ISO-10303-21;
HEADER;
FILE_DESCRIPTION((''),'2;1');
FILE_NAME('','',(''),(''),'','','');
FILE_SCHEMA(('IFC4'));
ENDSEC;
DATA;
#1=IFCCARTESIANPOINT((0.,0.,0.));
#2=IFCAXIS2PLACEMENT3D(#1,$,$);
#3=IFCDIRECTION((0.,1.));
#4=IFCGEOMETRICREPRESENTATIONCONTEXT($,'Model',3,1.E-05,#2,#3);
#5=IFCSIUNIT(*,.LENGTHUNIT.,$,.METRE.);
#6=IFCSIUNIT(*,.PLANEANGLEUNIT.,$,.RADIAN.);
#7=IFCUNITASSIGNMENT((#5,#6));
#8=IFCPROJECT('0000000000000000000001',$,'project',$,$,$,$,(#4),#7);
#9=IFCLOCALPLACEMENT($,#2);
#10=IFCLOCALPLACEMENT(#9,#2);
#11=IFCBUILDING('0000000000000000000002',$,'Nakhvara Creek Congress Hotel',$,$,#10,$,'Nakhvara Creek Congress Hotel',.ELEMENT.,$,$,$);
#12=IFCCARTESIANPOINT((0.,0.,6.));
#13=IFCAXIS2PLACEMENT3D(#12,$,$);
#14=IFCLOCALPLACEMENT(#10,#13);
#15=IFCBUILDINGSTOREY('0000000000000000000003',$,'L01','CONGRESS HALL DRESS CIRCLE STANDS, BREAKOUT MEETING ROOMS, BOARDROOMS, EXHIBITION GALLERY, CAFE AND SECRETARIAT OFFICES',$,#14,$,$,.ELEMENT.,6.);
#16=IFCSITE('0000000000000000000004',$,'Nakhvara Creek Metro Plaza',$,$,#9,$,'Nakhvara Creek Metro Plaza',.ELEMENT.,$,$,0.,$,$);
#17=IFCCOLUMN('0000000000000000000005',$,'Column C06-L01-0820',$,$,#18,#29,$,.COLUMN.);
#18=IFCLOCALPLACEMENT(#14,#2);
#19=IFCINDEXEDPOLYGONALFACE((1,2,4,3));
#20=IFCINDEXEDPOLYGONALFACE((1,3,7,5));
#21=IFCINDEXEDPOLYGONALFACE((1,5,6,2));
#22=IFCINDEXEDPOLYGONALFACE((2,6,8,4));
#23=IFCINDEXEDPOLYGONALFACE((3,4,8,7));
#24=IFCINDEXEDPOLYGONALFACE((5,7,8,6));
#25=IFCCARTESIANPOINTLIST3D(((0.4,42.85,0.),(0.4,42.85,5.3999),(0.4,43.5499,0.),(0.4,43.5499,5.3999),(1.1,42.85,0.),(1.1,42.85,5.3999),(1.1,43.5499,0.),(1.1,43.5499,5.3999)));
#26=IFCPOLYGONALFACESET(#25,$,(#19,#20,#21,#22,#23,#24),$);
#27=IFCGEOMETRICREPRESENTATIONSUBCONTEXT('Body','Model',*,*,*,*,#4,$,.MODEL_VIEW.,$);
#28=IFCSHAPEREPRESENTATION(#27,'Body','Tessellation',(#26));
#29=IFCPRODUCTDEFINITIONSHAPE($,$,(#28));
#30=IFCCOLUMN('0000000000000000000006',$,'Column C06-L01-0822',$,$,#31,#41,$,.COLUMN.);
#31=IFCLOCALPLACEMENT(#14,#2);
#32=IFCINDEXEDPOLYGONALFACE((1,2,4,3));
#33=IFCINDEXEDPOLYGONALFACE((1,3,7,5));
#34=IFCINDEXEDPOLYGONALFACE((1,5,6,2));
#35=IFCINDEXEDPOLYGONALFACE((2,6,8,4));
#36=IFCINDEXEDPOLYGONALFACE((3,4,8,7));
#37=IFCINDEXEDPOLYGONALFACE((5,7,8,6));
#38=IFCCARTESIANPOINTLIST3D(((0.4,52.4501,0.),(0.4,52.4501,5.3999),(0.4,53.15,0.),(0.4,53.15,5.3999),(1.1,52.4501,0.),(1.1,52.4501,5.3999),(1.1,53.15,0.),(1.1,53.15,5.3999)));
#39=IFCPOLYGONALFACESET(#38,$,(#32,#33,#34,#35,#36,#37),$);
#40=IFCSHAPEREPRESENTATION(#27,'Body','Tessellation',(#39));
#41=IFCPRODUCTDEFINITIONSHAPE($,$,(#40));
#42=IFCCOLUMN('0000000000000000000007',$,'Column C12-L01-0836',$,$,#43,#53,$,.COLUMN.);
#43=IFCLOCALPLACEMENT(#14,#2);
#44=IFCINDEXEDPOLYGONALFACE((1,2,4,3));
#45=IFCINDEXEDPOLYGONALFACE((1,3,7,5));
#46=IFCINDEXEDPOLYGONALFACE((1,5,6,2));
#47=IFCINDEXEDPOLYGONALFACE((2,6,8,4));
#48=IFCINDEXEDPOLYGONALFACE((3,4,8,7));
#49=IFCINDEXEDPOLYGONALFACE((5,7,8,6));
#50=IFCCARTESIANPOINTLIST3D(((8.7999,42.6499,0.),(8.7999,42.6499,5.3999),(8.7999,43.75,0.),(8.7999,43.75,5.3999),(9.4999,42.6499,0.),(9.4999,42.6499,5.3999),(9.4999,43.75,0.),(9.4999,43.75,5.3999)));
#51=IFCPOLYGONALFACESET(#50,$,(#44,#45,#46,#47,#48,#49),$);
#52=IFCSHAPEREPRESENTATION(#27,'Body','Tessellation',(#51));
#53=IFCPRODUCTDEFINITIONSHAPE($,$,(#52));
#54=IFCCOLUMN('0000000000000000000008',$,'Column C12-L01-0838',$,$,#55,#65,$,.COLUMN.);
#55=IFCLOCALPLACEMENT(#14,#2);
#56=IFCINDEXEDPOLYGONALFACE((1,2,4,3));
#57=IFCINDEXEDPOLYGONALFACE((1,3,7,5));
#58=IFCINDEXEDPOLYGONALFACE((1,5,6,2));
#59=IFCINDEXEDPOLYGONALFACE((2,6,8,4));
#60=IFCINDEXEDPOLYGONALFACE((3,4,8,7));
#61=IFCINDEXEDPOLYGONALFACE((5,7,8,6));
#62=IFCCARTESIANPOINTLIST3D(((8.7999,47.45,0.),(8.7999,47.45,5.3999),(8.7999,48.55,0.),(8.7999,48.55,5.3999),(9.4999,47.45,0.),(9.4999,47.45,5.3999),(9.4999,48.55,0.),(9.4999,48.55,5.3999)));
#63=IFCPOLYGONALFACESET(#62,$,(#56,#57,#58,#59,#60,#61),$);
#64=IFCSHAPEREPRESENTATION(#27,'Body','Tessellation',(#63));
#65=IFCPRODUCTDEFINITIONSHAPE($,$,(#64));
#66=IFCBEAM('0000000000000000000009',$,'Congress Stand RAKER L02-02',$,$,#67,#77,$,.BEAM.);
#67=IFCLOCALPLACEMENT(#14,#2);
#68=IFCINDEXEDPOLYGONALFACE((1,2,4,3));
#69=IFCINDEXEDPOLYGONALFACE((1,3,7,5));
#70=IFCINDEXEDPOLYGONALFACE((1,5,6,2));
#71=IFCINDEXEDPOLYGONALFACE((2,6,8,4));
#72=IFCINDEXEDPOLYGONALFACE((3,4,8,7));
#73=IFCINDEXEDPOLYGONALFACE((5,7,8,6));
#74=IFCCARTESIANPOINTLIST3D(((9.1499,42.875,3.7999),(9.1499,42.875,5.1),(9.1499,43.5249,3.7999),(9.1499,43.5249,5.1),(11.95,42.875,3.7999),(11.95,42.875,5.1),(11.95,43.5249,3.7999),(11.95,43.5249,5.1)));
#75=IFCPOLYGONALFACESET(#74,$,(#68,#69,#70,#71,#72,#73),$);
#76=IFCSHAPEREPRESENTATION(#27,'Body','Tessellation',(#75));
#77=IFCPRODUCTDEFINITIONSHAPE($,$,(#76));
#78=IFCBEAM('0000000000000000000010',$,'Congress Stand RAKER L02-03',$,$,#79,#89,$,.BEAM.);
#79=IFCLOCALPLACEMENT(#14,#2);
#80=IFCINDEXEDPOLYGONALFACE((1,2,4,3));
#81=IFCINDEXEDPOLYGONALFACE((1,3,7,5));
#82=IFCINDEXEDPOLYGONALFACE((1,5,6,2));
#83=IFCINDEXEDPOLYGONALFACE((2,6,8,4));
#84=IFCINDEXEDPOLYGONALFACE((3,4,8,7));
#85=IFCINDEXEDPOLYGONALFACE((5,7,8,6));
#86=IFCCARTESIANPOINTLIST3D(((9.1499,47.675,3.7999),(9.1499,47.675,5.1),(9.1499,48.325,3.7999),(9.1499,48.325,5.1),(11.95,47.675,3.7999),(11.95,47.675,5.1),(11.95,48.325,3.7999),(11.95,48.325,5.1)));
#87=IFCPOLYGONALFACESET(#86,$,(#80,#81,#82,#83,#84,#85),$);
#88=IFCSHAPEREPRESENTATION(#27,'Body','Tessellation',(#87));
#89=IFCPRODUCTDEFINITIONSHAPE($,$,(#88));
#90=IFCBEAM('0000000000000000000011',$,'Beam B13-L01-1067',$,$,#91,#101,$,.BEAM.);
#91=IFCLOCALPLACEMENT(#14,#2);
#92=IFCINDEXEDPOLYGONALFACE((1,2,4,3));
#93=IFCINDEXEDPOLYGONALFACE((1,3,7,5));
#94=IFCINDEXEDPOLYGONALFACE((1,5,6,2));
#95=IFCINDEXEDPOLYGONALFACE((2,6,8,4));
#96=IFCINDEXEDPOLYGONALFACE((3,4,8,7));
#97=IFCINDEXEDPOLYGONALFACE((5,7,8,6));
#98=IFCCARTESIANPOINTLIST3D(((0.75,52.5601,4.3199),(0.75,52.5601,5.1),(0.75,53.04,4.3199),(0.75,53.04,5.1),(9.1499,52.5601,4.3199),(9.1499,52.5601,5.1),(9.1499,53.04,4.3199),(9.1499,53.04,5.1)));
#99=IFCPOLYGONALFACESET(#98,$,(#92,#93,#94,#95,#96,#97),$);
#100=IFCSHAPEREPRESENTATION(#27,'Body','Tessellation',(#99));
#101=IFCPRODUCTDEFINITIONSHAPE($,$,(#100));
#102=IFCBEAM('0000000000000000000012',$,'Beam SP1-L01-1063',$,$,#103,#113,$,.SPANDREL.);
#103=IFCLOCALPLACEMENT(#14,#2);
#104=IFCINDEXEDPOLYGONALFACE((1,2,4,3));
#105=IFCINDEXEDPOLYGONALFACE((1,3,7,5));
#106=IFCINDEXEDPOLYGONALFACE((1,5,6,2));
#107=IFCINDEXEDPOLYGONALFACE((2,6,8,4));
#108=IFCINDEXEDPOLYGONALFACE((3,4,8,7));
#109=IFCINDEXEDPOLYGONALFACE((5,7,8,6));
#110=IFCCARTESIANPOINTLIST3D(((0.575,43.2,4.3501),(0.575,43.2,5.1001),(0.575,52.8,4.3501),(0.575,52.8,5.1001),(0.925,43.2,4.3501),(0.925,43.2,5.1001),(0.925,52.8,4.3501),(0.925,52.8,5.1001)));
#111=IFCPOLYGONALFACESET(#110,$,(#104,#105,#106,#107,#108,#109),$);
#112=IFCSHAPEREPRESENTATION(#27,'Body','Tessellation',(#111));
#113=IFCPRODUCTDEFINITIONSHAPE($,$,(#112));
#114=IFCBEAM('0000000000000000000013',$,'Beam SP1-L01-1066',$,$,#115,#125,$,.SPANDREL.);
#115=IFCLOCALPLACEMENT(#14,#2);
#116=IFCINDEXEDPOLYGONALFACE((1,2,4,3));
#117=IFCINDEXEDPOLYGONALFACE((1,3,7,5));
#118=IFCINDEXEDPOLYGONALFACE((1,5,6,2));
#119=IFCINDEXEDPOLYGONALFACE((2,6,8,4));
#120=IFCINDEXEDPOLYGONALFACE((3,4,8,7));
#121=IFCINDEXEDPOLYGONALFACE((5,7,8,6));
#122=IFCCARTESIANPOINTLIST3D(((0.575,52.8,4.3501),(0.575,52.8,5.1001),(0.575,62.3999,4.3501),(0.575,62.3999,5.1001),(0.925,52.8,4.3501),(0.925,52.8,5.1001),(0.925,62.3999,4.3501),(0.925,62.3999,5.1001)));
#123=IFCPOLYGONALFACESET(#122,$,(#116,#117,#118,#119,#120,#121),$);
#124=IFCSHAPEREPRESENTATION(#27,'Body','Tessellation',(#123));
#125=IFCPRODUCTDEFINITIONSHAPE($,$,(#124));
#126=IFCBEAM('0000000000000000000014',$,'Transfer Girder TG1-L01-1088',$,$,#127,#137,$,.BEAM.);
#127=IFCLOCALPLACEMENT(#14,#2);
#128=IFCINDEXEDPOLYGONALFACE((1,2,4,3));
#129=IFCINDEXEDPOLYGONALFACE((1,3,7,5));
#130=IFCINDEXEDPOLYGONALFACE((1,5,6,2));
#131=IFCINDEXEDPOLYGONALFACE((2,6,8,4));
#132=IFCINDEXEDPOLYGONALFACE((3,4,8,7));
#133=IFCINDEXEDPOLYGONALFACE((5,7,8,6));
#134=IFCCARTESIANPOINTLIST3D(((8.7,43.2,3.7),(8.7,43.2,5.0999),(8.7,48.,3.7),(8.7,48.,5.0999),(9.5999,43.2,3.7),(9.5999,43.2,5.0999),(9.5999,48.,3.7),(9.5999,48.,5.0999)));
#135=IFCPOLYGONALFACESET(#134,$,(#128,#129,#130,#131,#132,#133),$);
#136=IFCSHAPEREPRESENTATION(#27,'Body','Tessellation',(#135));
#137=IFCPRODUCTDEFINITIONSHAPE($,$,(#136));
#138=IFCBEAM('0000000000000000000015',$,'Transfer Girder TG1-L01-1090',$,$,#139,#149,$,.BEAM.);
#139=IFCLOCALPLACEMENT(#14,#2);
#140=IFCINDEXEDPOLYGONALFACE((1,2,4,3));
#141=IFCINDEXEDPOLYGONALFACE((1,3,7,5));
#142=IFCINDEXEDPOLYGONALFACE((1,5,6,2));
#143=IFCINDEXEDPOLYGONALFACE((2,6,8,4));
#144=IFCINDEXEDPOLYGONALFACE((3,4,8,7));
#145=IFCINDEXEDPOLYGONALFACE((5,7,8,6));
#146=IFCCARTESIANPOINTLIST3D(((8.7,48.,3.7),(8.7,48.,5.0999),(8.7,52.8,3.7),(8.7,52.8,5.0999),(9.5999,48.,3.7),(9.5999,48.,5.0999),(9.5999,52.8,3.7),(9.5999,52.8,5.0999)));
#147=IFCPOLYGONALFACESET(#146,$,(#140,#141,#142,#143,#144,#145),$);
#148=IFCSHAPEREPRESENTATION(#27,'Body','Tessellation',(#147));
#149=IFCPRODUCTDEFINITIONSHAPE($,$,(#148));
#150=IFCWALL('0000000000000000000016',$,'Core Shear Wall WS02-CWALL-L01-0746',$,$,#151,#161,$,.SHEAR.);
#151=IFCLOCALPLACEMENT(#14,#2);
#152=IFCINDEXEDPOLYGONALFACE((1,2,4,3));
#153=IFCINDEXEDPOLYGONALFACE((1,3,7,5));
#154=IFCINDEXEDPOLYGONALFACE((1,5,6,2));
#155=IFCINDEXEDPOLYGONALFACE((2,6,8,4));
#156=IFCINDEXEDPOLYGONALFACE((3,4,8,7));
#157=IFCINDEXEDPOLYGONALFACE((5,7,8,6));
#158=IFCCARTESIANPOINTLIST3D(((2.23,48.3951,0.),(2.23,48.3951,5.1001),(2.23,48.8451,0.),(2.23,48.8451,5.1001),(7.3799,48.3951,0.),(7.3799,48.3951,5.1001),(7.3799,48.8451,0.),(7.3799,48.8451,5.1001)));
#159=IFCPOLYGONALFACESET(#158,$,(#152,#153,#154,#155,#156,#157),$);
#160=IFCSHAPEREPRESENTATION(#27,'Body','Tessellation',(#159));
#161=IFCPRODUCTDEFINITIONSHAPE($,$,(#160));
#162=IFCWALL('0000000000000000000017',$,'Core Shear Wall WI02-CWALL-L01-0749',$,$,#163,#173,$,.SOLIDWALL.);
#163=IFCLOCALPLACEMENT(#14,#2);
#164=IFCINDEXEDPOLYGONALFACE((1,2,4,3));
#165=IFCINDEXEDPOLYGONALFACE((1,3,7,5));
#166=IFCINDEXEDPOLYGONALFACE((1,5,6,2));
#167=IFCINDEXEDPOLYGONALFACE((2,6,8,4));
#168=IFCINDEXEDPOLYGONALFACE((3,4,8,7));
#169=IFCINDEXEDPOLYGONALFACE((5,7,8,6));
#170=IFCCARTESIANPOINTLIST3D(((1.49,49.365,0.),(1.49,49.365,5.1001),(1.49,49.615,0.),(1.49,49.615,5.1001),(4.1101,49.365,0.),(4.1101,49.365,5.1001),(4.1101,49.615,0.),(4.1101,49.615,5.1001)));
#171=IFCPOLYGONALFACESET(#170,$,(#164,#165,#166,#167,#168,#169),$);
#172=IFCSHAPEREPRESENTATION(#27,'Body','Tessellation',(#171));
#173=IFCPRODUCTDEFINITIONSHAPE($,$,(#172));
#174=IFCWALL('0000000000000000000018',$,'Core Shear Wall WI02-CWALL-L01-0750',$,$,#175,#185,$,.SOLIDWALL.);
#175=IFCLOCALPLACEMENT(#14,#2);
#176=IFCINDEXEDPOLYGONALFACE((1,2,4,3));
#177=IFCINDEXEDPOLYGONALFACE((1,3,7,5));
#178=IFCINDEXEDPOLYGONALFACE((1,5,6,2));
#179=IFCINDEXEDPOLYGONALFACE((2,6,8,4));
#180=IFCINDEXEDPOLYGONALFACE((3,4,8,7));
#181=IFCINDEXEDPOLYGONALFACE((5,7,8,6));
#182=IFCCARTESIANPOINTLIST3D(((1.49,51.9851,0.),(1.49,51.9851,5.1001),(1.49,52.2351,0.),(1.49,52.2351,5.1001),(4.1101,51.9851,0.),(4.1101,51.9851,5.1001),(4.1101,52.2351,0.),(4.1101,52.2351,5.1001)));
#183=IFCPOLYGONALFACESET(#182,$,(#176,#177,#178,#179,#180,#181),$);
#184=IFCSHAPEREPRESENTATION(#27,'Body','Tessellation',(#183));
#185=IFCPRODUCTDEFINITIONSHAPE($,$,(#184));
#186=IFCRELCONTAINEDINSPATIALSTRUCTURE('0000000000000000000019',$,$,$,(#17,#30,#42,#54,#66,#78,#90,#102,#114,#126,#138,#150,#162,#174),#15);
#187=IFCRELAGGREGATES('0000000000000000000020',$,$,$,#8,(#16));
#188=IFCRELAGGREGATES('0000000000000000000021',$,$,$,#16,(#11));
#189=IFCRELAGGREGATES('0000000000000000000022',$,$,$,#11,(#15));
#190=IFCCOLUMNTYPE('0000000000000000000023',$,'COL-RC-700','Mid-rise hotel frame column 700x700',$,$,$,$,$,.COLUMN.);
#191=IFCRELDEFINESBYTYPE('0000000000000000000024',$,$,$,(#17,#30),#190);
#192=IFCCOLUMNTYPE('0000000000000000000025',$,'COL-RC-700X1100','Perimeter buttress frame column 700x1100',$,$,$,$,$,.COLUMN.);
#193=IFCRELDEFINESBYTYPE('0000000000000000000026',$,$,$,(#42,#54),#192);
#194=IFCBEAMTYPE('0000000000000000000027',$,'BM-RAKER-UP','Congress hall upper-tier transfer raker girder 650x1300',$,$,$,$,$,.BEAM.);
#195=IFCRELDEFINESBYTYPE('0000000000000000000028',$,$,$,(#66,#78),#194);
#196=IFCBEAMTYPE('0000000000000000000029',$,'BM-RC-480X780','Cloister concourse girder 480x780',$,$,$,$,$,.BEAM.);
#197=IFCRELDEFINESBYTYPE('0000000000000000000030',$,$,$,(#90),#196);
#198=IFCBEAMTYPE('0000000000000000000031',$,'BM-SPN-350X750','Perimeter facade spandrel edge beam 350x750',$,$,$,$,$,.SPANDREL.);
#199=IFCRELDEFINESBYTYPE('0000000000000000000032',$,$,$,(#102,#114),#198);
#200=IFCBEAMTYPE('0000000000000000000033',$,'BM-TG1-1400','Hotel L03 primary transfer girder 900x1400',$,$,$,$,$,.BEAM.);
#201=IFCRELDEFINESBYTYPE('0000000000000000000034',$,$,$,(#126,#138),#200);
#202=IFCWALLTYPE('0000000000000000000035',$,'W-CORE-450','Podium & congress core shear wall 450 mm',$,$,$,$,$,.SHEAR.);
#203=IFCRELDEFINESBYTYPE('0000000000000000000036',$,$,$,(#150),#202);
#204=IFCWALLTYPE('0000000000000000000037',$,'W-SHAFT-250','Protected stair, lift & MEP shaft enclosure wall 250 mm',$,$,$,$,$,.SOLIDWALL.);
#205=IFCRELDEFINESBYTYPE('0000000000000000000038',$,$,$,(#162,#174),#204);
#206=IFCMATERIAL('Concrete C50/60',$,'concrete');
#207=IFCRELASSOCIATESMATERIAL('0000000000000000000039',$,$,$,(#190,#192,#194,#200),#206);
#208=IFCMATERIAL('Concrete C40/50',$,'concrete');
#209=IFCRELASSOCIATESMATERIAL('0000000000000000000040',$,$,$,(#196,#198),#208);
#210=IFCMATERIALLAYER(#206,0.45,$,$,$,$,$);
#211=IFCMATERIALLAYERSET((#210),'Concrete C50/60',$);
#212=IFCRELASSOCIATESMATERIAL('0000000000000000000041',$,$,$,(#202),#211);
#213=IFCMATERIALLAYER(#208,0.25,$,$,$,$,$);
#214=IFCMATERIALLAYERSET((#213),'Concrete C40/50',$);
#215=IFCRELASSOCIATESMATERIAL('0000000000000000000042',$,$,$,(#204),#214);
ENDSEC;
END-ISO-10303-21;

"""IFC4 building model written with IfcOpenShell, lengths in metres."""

from ifc_helpers import new_model, si_unit, direction, frame, frame_2d, origin, origin_2d, place, context, subcontext, project, spatial, rectangle, extrude, material, layer, layer_set, material_profile, profile_set, type_object, element, save


model = new_model("IFC4")

# Units and contexts
model_context = context("Model", 3, precision=1e-05, world=origin(), true_north=direction((0.0, 1.0)))
body_context = subcontext(model_context, "Body", "Model", "MODEL_VIEW")
ifc_project = project(units=[si_unit("LENGTHUNIT", "METRE"), si_unit("PLANEANGLEUNIT", "RADIAN")], contexts=[model_context])

# Site, building, storey
site_placement = place(None, origin())
site = spatial("IfcSite", under=ifc_project, at=site_placement, Name="Nakhvara Creek Metro Plaza", LongName="Nakhvara Creek Metro Plaza", CompositionType="ELEMENT", RefElevation=0.0)
building_placement = place(site_placement, origin())
building = spatial("IfcBuilding", under=site, at=building_placement, Name="Nakhvara Creek Congress Hotel", LongName="Nakhvara Creek Congress Hotel", CompositionType="ELEMENT")
storey_placement = place(building_placement, frame((0.0, 0.0, 6.0)))
storey = spatial("IfcBuildingStorey", under=building, at=storey_placement, Name="L01", Description="CONGRESS HALL DRESS CIRCLE STANDS, BREAKOUT MEETING ROOMS, BOARDROOMS, EXHIBITION GALLERY, CAFE AND SECRETARIAT OFFICES", CompositionType="ELEMENT", Elevation=6.0)

# Columns
ifc_material_1 = material(Name="Concrete C50/60", Category="concrete")
ifc_material_profile_1 = material_profile(ifc_material_1, rectangle(XDim=0.7, YDim=0.7, at=origin_2d()), Name="RC-COL 700x700", Category="LoadBearing")
ifc_profile_set_1 = profile_set([ifc_material_profile_1], Name="Concrete C50/60")
column_type_1 = type_object("IfcColumnType", Name="COL-RC-700", Description="Mid-rise hotel frame column 700x700", PredefinedType="COLUMN", material=ifc_profile_set_1)
for number, where, z_axis, x_axis, name in (
    (1, (0.75, 43.2, 0.0), (0.0, 0.0, 1.0), (1.0, 0.0, 0.0), "Column C06-L01-0820"),
    (2, (0.75, 52.8, 0.0), (0.0, 0.0, 1.0), (1.0, 0.0, 0.0), "Column C06-L01-0822"),
):
    element("IfcColumn", number, at=place(storey_placement, frame(where, z_axis=z_axis, x_axis=x_axis)), inside=storey, type_object=column_type_1, Name=name, PredefinedType="COLUMN", context=body_context, shape_type="SweptSolid", body=[
        extrude(rectangle(XDim=0.7, YDim=0.7, at=origin_2d()), origin(), (0.0, 0.0, 1.0), 5.3999),
    ])
ifc_material_profile_2 = material_profile(ifc_material_1, rectangle(XDim=0.7, YDim=1.1001, at=origin_2d()), Name="RC-COL 700x1100", Category="LoadBearing")
ifc_profile_set_2 = profile_set([ifc_material_profile_2], Name="Concrete C50/60")
column_type_2 = type_object("IfcColumnType", Name="COL-RC-700X1100", Description="Perimeter buttress frame column 700x1100", PredefinedType="COLUMN", material=ifc_profile_set_2)
for number, where, z_axis, x_axis, name in (
    (3, (9.1499, 43.2, 0.0), (0.0, 0.0, 1.0), (1.0, 0.0, 0.0), "Column C12-L01-0836"),
    (4, (9.1499, 48.0, 0.0), (0.0, 0.0, 1.0), (1.0, 0.0, 0.0), "Column C12-L01-0838"),
):
    element("IfcColumn", number, at=place(storey_placement, frame(where, z_axis=z_axis, x_axis=x_axis)), inside=storey, type_object=column_type_2, Name=name, PredefinedType="COLUMN", context=body_context, shape_type="SweptSolid", body=[
        extrude(rectangle(XDim=0.7, YDim=1.1001, at=origin_2d()), origin(), (0.0, 0.0, 1.0), 5.3999),
    ])

# Beams
ifc_material_profile_3 = material_profile(ifc_material_1, rectangle(XDim=0.6499, YDim=1.3, at=origin_2d()), Name="RC-RAKER 650x1300", Category="LoadBearing")
ifc_profile_set_3 = profile_set([ifc_material_profile_3], Name="Concrete C50/60")
beam_type_1 = type_object("IfcBeamType", Name="BM-RAKER-UP", Description="Congress hall upper-tier transfer raker girder 650x1300", PredefinedType="BEAM", material=ifc_profile_set_3)
for number, where, z_axis, x_axis, name in (
    (5, (9.1499, 43.2, 4.45), (1.0, 0.0, 0.0), (0.0, 1.0, 0.0), "Congress Stand RAKER L02-02"),
    (6, (9.1499, 48.0, 4.45), (1.0, 0.0, 0.0), (0.0, 1.0, 0.0), "Congress Stand RAKER L02-03"),
):
    element("IfcBeam", number, at=place(storey_placement, frame(where, z_axis=z_axis, x_axis=x_axis)), inside=storey, type_object=beam_type_1, Name=name, PredefinedType="BEAM", context=body_context, shape_type="SweptSolid", body=[
        extrude(rectangle(XDim=0.6499, YDim=1.3, at=origin_2d()), origin(), (0.0, 0.0, 1.0), 2.8),
    ])
ifc_material_2 = material(Name="Concrete C40/50", Category="concrete")
ifc_material_profile_4 = material_profile(ifc_material_2, rectangle(XDim=0.48, YDim=0.78, at=origin_2d()), Name="RC-BM 480x780", Category="LoadBearing")
ifc_profile_set_4 = profile_set([ifc_material_profile_4], Name="Concrete C40/50")
beam_type_2 = type_object("IfcBeamType", Name="BM-RC-480X780", Description="Cloister concourse girder 480x780", PredefinedType="BEAM", material=ifc_profile_set_4)
beam_1_placement = place(storey_placement, frame((0.75, 52.8, 4.71), z_axis=(1.0, 0.0, 0.0), x_axis=(0.0, 1.0, 0.0)))
element("IfcBeam", 7, at=beam_1_placement, inside=storey, type_object=beam_type_2, Name="Beam B13-L01-1067", PredefinedType="BEAM", context=body_context, shape_type="SweptSolid", body=[
    extrude(rectangle(XDim=0.48, YDim=0.78, at=origin_2d()), origin(), (0.0, 0.0, 1.0), 8.3999),
])
ifc_material_profile_5 = material_profile(ifc_material_2, rectangle(XDim=0.3501, YDim=0.75, at=origin_2d()), Name="RC-SPANDREL 350x750", Category="LoadBearing")
ifc_profile_set_5 = profile_set([ifc_material_profile_5], Name="Concrete C40/50")
beam_type_3 = type_object("IfcBeamType", Name="BM-SPN-350X750", Description="Perimeter facade spandrel edge beam 350x750", PredefinedType="SPANDREL", material=ifc_profile_set_5)
beam_2_placement = place(storey_placement, frame((0.75, 43.2, 4.7251), z_axis=(0.0, 1.0, 0.0), x_axis=(-1.0, 0.0, 0.0)))
element("IfcBeam", 8, at=beam_2_placement, inside=storey, type_object=beam_type_3, Name="Beam SP1-L01-1063", PredefinedType="SPANDREL", context=body_context, shape_type="SweptSolid", body=[
    extrude(rectangle(XDim=0.3501, YDim=0.75, at=origin_2d()), origin(), (0.0, 0.0, 1.0), 9.6001),
])
beam_3_placement = place(storey_placement, frame((0.75, 52.8, 4.7251), z_axis=(0.0, 1.0, 0.0), x_axis=(-1.0, 0.0, 0.0)))
element("IfcBeam", 9, at=beam_3_placement, inside=storey, type_object=beam_type_3, Name="Beam SP1-L01-1066", PredefinedType="SPANDREL", context=body_context, shape_type="SweptSolid", body=[
    extrude(rectangle(XDim=0.3501, YDim=0.75, at=origin_2d()), origin(), (0.0, 0.0, 1.0), 9.5999),
])
ifc_material_profile_6 = material_profile(ifc_material_1, rectangle(XDim=0.8999, YDim=1.3999, at=origin_2d()), Name="RC-TG 900x1400", Category="LoadBearing")
ifc_profile_set_6 = profile_set([ifc_material_profile_6], Name="Concrete C50/60")
beam_type_4 = type_object("IfcBeamType", Name="BM-TG1-1400", Description="Hotel L03 primary transfer girder 900x1400", PredefinedType="BEAM", material=ifc_profile_set_6)
for number, where, z_axis, x_axis, name in (
    (10, (9.1499, 43.2, 4.3999), (0.0, 1.0, 0.0), (-1.0, 0.0, 0.0), "Transfer Girder TG1-L01-1088"),
    (11, (9.1499, 48.0, 4.3999), (0.0, 1.0, 0.0), (-1.0, 0.0, 0.0), "Transfer Girder TG1-L01-1090"),
):
    element("IfcBeam", number, at=place(storey_placement, frame(where, z_axis=z_axis, x_axis=x_axis)), inside=storey, type_object=beam_type_4, Name=name, PredefinedType="BEAM", context=body_context, shape_type="SweptSolid", body=[
        extrude(rectangle(XDim=0.8999, YDim=1.3999, at=origin_2d()), origin(), (0.0, 0.0, 1.0), 4.8),
    ])

# Walls
ifc_layer_1 = layer(ifc_material_1, 0.45)
ifc_layer_set_1 = layer_set([ifc_layer_1], Name="Concrete C50/60")
wall_type_1 = type_object("IfcWallType", Name="W-CORE-450", Description="Podium & congress core shear wall 450 mm", PredefinedType="SHEAR", material=ifc_layer_set_1)
wall_1_placement = place(storey_placement, frame((2.23, 48.6201, 0.0), z_axis=(0.0, 0.0, 1.0), x_axis=(1.0, 0.0, 0.0)))
element("IfcWall", 12, at=wall_1_placement, inside=storey, type_object=wall_type_1, Name="Core Shear Wall WS02-CWALL-L01-0746", PredefinedType="SHEAR", context=body_context, shape_type="SweptSolid", body=[
    extrude(rectangle(XDim=5.1499, YDim=0.45, at=frame_2d((2.575, 0.0))), origin(), (0.0, 0.0, 1.0), 5.1001),
])
ifc_layer_2 = layer(ifc_material_2, 0.25)
ifc_layer_set_2 = layer_set([ifc_layer_2], Name="Concrete C40/50")
wall_type_2 = type_object("IfcWallType", Name="W-SHAFT-250", Description="Protected stair, lift & MEP shaft enclosure wall 250 mm", PredefinedType="SOLIDWALL", material=ifc_layer_set_2)
for number, where, z_axis, x_axis, name in (
    (13, (1.49, 49.49, 0.0), (0.0, 0.0, 1.0), (1.0, 0.0, 0.0), "Core Shear Wall WI02-CWALL-L01-0749"),
    (14, (1.49, 52.1101, 0.0), (0.0, 0.0, 1.0), (1.0, 0.0, 0.0), "Core Shear Wall WI02-CWALL-L01-0750"),
):
    element("IfcWall", number, at=place(storey_placement, frame(where, z_axis=z_axis, x_axis=x_axis)), inside=storey, type_object=wall_type_2, Name=name, PredefinedType="SOLIDWALL", context=body_context, shape_type="SweptSolid", body=[
        extrude(rectangle(XDim=2.6201, YDim=0.25, at=frame_2d((1.3101, 0.0))), origin(), (0.0, 0.0, 1.0), 5.1001),
    ])

save(model, "model.ifc")
